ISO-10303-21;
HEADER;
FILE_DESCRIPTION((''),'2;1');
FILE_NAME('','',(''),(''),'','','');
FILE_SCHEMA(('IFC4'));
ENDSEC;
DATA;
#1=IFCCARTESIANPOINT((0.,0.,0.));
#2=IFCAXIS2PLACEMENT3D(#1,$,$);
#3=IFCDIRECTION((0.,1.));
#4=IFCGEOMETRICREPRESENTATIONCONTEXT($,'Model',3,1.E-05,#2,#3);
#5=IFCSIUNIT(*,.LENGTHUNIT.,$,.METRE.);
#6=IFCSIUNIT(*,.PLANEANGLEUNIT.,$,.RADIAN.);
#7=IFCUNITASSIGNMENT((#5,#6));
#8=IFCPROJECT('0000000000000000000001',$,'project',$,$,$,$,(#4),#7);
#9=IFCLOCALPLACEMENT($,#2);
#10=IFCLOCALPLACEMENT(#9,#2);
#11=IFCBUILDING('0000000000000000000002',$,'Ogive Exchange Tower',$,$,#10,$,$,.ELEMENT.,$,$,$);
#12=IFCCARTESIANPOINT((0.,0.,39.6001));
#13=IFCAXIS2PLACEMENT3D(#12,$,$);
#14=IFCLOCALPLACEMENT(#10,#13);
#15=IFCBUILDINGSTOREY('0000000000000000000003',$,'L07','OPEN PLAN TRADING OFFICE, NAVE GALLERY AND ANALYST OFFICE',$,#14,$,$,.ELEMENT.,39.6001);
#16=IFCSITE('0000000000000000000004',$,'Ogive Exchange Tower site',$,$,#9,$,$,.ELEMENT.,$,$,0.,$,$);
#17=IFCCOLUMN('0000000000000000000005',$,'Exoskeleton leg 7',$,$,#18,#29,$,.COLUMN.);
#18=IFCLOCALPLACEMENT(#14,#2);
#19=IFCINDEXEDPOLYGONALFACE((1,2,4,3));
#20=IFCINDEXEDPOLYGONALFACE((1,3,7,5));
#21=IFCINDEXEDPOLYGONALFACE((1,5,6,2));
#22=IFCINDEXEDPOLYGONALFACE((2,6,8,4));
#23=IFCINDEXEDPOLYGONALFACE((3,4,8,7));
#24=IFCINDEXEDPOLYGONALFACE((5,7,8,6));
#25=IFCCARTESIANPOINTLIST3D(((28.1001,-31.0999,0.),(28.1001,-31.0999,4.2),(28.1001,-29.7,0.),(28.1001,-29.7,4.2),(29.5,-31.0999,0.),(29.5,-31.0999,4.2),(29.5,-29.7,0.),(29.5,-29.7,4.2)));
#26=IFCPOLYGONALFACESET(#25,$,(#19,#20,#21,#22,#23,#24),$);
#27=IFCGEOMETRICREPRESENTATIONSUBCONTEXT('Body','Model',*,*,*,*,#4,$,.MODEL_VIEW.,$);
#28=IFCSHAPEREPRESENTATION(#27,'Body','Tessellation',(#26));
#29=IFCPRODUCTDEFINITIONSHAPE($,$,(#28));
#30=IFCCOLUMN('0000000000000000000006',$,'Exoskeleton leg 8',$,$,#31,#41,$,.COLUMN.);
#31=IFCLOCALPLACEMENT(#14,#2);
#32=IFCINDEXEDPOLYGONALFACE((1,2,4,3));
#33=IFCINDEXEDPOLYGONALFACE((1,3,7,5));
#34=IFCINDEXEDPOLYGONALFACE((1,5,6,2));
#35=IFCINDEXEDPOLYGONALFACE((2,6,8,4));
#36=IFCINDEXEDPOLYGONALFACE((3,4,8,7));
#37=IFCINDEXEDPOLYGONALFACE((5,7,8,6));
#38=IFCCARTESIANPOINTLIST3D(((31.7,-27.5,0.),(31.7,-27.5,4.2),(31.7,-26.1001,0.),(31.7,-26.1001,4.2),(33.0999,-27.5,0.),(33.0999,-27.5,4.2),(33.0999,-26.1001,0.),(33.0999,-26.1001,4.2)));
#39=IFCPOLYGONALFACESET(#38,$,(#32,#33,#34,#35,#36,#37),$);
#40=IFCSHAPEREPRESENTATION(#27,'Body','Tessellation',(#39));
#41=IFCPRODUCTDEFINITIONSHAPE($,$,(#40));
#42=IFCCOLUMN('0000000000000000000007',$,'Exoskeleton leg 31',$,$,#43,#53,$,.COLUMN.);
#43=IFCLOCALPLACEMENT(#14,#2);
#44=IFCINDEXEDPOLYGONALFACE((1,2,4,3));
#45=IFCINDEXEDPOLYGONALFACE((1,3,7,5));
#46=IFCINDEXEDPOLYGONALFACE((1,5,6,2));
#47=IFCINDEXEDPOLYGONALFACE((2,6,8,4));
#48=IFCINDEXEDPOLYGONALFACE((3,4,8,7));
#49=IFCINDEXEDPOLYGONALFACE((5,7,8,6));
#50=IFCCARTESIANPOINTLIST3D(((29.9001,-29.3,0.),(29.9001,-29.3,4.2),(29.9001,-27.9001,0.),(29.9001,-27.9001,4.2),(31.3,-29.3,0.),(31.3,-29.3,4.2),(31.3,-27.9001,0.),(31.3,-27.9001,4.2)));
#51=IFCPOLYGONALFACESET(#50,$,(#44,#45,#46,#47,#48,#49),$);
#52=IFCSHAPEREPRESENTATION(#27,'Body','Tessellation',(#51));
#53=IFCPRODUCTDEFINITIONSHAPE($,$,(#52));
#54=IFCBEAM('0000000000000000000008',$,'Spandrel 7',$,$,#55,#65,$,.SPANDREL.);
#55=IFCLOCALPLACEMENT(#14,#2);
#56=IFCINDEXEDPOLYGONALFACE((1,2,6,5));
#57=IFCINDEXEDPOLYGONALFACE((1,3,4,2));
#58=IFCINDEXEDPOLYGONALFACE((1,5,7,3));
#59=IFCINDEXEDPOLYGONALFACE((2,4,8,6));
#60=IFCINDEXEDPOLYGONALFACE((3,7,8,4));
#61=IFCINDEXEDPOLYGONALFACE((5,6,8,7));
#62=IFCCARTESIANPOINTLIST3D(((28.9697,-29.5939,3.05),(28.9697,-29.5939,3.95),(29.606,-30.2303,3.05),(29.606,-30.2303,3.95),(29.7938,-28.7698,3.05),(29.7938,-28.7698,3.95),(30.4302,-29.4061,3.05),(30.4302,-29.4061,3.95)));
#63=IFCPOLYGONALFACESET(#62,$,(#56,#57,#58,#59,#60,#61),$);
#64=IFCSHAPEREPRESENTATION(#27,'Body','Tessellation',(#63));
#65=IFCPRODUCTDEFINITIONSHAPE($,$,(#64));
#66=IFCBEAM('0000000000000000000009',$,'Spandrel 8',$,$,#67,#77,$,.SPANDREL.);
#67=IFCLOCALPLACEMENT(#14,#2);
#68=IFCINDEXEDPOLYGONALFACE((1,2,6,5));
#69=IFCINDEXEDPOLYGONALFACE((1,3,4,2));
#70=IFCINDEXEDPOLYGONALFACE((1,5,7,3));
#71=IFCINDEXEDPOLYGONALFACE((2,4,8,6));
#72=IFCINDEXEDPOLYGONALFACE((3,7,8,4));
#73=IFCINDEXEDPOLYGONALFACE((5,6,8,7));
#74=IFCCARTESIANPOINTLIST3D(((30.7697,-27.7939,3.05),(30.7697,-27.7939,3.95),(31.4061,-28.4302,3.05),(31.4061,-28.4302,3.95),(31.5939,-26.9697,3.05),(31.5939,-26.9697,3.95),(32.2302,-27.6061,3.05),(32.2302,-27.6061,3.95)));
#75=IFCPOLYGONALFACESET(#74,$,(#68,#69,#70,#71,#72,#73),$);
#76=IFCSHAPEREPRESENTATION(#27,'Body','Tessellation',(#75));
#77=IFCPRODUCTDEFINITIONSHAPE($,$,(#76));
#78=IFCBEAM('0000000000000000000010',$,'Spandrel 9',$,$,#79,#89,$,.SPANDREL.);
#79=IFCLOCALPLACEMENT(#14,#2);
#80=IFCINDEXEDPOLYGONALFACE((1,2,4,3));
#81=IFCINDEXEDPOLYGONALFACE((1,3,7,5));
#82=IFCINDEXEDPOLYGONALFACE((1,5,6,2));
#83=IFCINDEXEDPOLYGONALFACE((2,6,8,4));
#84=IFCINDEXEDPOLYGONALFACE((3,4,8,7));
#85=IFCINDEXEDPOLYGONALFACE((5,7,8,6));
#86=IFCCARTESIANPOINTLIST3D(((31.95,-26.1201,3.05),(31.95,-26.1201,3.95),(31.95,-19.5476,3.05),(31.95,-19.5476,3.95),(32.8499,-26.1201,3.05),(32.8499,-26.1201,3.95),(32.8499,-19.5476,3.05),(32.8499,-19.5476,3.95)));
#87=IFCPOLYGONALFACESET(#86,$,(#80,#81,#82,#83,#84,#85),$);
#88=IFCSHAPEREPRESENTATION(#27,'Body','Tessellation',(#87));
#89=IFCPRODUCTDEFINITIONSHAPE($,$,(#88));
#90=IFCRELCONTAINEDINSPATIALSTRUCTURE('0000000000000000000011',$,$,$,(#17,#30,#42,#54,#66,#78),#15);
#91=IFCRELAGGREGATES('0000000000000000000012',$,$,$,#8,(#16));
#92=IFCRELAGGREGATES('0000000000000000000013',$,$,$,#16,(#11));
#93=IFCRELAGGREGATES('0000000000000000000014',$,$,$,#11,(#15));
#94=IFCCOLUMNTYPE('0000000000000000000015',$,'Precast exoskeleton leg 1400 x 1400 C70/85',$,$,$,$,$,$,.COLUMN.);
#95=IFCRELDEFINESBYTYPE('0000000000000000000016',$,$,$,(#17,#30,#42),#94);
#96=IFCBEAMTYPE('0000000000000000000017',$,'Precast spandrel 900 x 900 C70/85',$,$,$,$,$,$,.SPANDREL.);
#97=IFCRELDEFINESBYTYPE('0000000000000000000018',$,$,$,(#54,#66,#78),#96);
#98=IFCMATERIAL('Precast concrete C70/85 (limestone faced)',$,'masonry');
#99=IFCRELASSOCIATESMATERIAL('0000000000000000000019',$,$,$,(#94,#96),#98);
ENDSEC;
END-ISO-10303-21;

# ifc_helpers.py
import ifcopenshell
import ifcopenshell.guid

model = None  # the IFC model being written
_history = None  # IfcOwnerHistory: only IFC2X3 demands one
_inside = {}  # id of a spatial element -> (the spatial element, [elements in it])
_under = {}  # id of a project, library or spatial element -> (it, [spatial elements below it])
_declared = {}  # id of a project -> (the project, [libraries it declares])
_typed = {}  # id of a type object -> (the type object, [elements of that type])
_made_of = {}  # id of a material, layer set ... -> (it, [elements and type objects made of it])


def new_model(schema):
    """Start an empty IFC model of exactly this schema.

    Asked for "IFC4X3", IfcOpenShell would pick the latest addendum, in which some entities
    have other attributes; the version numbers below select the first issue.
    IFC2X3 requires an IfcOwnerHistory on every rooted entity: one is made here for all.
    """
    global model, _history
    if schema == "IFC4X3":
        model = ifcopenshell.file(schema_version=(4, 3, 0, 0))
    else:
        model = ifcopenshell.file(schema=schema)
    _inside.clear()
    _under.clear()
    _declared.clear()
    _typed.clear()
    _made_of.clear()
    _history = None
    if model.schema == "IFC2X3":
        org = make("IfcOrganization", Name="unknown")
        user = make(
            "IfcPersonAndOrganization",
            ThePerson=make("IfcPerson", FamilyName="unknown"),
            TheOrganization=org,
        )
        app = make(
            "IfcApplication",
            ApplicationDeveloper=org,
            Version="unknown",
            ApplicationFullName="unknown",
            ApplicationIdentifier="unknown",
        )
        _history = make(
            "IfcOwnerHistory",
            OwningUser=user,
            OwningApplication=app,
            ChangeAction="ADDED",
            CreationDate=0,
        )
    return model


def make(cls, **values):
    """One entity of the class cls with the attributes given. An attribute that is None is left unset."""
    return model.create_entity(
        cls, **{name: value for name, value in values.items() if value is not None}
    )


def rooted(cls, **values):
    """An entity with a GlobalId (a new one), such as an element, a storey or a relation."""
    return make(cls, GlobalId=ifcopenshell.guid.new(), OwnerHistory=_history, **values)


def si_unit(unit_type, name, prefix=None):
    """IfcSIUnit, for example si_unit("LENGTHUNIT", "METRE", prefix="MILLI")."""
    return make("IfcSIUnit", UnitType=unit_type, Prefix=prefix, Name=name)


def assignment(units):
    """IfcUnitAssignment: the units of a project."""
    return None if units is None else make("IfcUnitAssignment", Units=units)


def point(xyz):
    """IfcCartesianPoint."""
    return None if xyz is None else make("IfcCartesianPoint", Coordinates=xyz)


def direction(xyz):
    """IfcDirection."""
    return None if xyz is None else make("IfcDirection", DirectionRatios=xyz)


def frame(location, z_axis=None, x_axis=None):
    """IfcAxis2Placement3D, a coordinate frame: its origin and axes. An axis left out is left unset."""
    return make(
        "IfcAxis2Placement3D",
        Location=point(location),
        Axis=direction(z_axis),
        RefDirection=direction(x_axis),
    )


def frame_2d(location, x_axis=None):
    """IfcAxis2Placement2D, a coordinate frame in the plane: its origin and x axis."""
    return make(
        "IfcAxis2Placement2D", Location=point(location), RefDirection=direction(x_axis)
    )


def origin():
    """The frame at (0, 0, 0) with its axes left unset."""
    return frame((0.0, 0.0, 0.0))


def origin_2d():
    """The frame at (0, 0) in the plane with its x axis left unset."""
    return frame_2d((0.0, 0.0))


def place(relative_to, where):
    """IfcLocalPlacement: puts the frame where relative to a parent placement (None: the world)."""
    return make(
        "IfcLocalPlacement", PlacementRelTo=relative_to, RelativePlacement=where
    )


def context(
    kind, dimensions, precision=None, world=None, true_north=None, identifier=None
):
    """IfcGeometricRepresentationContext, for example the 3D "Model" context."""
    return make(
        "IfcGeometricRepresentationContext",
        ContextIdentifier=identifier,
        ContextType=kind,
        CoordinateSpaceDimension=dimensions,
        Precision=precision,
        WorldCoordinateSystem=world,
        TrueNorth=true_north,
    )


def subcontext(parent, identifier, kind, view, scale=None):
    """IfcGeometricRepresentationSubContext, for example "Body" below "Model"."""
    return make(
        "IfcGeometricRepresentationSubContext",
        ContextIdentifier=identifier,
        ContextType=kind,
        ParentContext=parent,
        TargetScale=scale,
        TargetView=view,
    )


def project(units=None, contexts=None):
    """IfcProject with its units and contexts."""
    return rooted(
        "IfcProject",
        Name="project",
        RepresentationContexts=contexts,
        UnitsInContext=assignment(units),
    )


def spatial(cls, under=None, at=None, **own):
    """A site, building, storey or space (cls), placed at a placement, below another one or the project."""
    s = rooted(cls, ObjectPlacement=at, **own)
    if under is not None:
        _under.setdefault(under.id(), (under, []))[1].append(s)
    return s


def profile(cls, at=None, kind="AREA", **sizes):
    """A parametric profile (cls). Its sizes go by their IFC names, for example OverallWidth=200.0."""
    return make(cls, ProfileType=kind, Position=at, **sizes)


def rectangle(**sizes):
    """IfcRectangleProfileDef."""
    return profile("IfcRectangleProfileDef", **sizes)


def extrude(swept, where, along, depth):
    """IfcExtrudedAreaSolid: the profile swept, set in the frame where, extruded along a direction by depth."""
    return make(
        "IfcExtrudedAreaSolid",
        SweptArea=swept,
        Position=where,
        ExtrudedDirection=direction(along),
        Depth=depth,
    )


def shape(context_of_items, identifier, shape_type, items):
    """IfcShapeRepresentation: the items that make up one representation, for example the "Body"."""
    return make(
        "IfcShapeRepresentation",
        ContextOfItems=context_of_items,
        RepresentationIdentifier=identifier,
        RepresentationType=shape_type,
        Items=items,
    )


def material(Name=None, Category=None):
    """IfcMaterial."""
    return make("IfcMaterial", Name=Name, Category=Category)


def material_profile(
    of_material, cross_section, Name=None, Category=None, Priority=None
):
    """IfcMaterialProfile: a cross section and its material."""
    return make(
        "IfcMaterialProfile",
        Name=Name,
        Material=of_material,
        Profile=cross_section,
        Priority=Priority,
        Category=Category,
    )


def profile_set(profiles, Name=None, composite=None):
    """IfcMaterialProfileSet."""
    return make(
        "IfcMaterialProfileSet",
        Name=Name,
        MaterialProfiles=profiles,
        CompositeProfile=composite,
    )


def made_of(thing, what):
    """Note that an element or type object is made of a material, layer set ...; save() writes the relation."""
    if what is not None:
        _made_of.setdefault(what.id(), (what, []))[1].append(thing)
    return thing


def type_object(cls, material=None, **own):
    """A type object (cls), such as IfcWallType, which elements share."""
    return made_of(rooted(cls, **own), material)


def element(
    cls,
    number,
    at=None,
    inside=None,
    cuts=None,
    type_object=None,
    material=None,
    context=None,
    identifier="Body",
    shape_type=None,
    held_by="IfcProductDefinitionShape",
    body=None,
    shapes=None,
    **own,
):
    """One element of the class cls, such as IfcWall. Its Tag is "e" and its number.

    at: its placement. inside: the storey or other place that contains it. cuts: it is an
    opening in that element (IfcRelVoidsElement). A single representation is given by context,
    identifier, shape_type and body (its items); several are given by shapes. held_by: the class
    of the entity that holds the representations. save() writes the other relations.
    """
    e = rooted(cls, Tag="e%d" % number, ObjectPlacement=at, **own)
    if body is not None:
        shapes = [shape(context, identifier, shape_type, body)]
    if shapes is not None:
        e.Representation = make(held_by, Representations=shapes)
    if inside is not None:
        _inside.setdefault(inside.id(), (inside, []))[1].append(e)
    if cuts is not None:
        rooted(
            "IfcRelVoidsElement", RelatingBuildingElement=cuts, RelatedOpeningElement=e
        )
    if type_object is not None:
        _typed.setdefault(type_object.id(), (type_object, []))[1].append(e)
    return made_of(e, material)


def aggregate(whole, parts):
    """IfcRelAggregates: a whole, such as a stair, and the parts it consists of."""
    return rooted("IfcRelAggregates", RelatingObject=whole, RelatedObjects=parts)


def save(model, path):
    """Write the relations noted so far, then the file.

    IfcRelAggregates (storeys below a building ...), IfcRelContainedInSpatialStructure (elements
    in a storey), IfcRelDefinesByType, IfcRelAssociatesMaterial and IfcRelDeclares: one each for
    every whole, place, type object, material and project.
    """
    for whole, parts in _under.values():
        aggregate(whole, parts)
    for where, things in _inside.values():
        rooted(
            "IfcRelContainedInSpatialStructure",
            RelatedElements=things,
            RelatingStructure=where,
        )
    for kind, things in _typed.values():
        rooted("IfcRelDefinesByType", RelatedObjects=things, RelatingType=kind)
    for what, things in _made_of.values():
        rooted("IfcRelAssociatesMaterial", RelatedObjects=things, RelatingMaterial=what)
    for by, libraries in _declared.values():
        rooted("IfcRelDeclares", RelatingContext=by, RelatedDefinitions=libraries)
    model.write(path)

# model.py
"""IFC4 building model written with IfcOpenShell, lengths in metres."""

from ifc_helpers import new_model, si_unit, direction, frame, origin, origin_2d, place, context, subcontext, project, spatial, rectangle, extrude, material, material_profile, profile_set, type_object, element, save


model = new_model("IFC4")

# Units and contexts
model_context = context("Model", 3, precision=1e-05, world=origin(), true_north=direction((0.0, 1.0)))
body_context = subcontext(model_context, "Body", "Model", "MODEL_VIEW")
ifc_project = project(units=[si_unit("LENGTHUNIT", "METRE"), si_unit("PLANEANGLEUNIT", "RADIAN")], contexts=[model_context])

# Site, building, storey
site_placement = place(None, origin())
site = spatial("IfcSite", under=ifc_project, at=site_placement, Name="Ogive Exchange Tower site", CompositionType="ELEMENT", RefElevation=0.0)
building_placement = place(site_placement, origin())
building = spatial("IfcBuilding", under=site, at=building_placement, Name="Ogive Exchange Tower", CompositionType="ELEMENT")
storey_placement = place(building_placement, frame((0.0, 0.0, 39.6001)))
storey = spatial("IfcBuildingStorey", under=building, at=storey_placement, Name="L07", Description="OPEN PLAN TRADING OFFICE, NAVE GALLERY AND ANALYST OFFICE", CompositionType="ELEMENT", Elevation=39.6001)

# Columns
ifc_material_1 = material(Name="Precast concrete C70/85 (limestone faced)", Category="masonry")
ifc_material_profile_1 = material_profile(ifc_material_1, rectangle(XDim=1.3999, YDim=1.3999, at=origin_2d()), Name="1400 x 1400")
ifc_profile_set_1 = profile_set([ifc_material_profile_1], Name="Precast concrete C70/85 (limestone faced)")
column_type = type_object("IfcColumnType", Name="Precast exoskeleton leg 1400 x 1400 C70/85", PredefinedType="COLUMN", material=ifc_profile_set_1)
for number, where, z_axis, x_axis, name in (
    (1, (28.8, -30.3999, 0.0), (0.0, 0.0, 1.0), (1.0, 0.0, 0.0), "Exoskeleton leg 7"),
    (2, (32.3999, -26.8, 0.0), (0.0, 0.0, 1.0), (1.0, 0.0, 0.0), "Exoskeleton leg 8"),
    (3, (30.6001, -28.6001, 0.0), (0.0, 0.0, 1.0), (1.0, 0.0, 0.0), "Exoskeleton leg 31"),
):
    element("IfcColumn", number, at=place(storey_placement, frame(where, z_axis=z_axis, x_axis=x_axis)), inside=storey, type_object=column_type, Name=name, PredefinedType="COLUMN", context=body_context, shape_type="SweptSolid", body=[
        extrude(rectangle(XDim=1.3999, YDim=1.3999, at=origin_2d()), origin(), (0.0, 0.0, 1.0), 4.2),
    ])

# Beams
ifc_material_profile_2 = material_profile(ifc_material_1, rectangle(XDim=0.8999, YDim=0.8999, at=origin_2d()), Name="900 x 900")
ifc_profile_set_2 = profile_set([ifc_material_profile_2], Name="Precast concrete C70/85 (limestone faced)")
beam_type = type_object("IfcBeamType", Name="Precast spandrel 900 x 900 C70/85", PredefinedType="SPANDREL", material=ifc_profile_set_2)
for number, where, z_axis, x_axis, name in (
    (4, (29.2878, -29.9121, 3.5), (0.707107, 0.707107, 0.0), (-0.707107, 0.707107, 0.0), "Spandrel 7"),
    (5, (31.0879, -28.1121, 3.5), (0.707107, 0.707107, 0.0), (-0.707107, 0.707107, 0.0), "Spandrel 8"),
):
    element("IfcBeam", number, at=place(storey_placement, frame(where, z_axis=z_axis, x_axis=x_axis)), inside=storey, type_object=beam_type, Name=name, PredefinedType="SPANDREL", context=body_context, shape_type="SweptSolid", body=[
        extrude(rectangle(XDim=0.8999, YDim=0.8999, at=origin_2d()), origin(), (0.0, 0.0, 1.0), 1.1655),
    ])
beam_placement = place(storey_placement, frame((32.3999, -26.1201, 3.5), z_axis=(0.0, 1.0, 0.0), x_axis=(-1.0, 0.0, 0.0)))
element("IfcBeam", 6, at=beam_placement, inside=storey, type_object=beam_type, Name="Spandrel 9", PredefinedType="SPANDREL", context=body_context, shape_type="SweptSolid", body=[
    extrude(rectangle(XDim=0.8999, YDim=0.8999, at=origin_2d()), origin(), (0.0, 0.0, 1.0), 6.5725),
])

save(model, "model.ifc")
